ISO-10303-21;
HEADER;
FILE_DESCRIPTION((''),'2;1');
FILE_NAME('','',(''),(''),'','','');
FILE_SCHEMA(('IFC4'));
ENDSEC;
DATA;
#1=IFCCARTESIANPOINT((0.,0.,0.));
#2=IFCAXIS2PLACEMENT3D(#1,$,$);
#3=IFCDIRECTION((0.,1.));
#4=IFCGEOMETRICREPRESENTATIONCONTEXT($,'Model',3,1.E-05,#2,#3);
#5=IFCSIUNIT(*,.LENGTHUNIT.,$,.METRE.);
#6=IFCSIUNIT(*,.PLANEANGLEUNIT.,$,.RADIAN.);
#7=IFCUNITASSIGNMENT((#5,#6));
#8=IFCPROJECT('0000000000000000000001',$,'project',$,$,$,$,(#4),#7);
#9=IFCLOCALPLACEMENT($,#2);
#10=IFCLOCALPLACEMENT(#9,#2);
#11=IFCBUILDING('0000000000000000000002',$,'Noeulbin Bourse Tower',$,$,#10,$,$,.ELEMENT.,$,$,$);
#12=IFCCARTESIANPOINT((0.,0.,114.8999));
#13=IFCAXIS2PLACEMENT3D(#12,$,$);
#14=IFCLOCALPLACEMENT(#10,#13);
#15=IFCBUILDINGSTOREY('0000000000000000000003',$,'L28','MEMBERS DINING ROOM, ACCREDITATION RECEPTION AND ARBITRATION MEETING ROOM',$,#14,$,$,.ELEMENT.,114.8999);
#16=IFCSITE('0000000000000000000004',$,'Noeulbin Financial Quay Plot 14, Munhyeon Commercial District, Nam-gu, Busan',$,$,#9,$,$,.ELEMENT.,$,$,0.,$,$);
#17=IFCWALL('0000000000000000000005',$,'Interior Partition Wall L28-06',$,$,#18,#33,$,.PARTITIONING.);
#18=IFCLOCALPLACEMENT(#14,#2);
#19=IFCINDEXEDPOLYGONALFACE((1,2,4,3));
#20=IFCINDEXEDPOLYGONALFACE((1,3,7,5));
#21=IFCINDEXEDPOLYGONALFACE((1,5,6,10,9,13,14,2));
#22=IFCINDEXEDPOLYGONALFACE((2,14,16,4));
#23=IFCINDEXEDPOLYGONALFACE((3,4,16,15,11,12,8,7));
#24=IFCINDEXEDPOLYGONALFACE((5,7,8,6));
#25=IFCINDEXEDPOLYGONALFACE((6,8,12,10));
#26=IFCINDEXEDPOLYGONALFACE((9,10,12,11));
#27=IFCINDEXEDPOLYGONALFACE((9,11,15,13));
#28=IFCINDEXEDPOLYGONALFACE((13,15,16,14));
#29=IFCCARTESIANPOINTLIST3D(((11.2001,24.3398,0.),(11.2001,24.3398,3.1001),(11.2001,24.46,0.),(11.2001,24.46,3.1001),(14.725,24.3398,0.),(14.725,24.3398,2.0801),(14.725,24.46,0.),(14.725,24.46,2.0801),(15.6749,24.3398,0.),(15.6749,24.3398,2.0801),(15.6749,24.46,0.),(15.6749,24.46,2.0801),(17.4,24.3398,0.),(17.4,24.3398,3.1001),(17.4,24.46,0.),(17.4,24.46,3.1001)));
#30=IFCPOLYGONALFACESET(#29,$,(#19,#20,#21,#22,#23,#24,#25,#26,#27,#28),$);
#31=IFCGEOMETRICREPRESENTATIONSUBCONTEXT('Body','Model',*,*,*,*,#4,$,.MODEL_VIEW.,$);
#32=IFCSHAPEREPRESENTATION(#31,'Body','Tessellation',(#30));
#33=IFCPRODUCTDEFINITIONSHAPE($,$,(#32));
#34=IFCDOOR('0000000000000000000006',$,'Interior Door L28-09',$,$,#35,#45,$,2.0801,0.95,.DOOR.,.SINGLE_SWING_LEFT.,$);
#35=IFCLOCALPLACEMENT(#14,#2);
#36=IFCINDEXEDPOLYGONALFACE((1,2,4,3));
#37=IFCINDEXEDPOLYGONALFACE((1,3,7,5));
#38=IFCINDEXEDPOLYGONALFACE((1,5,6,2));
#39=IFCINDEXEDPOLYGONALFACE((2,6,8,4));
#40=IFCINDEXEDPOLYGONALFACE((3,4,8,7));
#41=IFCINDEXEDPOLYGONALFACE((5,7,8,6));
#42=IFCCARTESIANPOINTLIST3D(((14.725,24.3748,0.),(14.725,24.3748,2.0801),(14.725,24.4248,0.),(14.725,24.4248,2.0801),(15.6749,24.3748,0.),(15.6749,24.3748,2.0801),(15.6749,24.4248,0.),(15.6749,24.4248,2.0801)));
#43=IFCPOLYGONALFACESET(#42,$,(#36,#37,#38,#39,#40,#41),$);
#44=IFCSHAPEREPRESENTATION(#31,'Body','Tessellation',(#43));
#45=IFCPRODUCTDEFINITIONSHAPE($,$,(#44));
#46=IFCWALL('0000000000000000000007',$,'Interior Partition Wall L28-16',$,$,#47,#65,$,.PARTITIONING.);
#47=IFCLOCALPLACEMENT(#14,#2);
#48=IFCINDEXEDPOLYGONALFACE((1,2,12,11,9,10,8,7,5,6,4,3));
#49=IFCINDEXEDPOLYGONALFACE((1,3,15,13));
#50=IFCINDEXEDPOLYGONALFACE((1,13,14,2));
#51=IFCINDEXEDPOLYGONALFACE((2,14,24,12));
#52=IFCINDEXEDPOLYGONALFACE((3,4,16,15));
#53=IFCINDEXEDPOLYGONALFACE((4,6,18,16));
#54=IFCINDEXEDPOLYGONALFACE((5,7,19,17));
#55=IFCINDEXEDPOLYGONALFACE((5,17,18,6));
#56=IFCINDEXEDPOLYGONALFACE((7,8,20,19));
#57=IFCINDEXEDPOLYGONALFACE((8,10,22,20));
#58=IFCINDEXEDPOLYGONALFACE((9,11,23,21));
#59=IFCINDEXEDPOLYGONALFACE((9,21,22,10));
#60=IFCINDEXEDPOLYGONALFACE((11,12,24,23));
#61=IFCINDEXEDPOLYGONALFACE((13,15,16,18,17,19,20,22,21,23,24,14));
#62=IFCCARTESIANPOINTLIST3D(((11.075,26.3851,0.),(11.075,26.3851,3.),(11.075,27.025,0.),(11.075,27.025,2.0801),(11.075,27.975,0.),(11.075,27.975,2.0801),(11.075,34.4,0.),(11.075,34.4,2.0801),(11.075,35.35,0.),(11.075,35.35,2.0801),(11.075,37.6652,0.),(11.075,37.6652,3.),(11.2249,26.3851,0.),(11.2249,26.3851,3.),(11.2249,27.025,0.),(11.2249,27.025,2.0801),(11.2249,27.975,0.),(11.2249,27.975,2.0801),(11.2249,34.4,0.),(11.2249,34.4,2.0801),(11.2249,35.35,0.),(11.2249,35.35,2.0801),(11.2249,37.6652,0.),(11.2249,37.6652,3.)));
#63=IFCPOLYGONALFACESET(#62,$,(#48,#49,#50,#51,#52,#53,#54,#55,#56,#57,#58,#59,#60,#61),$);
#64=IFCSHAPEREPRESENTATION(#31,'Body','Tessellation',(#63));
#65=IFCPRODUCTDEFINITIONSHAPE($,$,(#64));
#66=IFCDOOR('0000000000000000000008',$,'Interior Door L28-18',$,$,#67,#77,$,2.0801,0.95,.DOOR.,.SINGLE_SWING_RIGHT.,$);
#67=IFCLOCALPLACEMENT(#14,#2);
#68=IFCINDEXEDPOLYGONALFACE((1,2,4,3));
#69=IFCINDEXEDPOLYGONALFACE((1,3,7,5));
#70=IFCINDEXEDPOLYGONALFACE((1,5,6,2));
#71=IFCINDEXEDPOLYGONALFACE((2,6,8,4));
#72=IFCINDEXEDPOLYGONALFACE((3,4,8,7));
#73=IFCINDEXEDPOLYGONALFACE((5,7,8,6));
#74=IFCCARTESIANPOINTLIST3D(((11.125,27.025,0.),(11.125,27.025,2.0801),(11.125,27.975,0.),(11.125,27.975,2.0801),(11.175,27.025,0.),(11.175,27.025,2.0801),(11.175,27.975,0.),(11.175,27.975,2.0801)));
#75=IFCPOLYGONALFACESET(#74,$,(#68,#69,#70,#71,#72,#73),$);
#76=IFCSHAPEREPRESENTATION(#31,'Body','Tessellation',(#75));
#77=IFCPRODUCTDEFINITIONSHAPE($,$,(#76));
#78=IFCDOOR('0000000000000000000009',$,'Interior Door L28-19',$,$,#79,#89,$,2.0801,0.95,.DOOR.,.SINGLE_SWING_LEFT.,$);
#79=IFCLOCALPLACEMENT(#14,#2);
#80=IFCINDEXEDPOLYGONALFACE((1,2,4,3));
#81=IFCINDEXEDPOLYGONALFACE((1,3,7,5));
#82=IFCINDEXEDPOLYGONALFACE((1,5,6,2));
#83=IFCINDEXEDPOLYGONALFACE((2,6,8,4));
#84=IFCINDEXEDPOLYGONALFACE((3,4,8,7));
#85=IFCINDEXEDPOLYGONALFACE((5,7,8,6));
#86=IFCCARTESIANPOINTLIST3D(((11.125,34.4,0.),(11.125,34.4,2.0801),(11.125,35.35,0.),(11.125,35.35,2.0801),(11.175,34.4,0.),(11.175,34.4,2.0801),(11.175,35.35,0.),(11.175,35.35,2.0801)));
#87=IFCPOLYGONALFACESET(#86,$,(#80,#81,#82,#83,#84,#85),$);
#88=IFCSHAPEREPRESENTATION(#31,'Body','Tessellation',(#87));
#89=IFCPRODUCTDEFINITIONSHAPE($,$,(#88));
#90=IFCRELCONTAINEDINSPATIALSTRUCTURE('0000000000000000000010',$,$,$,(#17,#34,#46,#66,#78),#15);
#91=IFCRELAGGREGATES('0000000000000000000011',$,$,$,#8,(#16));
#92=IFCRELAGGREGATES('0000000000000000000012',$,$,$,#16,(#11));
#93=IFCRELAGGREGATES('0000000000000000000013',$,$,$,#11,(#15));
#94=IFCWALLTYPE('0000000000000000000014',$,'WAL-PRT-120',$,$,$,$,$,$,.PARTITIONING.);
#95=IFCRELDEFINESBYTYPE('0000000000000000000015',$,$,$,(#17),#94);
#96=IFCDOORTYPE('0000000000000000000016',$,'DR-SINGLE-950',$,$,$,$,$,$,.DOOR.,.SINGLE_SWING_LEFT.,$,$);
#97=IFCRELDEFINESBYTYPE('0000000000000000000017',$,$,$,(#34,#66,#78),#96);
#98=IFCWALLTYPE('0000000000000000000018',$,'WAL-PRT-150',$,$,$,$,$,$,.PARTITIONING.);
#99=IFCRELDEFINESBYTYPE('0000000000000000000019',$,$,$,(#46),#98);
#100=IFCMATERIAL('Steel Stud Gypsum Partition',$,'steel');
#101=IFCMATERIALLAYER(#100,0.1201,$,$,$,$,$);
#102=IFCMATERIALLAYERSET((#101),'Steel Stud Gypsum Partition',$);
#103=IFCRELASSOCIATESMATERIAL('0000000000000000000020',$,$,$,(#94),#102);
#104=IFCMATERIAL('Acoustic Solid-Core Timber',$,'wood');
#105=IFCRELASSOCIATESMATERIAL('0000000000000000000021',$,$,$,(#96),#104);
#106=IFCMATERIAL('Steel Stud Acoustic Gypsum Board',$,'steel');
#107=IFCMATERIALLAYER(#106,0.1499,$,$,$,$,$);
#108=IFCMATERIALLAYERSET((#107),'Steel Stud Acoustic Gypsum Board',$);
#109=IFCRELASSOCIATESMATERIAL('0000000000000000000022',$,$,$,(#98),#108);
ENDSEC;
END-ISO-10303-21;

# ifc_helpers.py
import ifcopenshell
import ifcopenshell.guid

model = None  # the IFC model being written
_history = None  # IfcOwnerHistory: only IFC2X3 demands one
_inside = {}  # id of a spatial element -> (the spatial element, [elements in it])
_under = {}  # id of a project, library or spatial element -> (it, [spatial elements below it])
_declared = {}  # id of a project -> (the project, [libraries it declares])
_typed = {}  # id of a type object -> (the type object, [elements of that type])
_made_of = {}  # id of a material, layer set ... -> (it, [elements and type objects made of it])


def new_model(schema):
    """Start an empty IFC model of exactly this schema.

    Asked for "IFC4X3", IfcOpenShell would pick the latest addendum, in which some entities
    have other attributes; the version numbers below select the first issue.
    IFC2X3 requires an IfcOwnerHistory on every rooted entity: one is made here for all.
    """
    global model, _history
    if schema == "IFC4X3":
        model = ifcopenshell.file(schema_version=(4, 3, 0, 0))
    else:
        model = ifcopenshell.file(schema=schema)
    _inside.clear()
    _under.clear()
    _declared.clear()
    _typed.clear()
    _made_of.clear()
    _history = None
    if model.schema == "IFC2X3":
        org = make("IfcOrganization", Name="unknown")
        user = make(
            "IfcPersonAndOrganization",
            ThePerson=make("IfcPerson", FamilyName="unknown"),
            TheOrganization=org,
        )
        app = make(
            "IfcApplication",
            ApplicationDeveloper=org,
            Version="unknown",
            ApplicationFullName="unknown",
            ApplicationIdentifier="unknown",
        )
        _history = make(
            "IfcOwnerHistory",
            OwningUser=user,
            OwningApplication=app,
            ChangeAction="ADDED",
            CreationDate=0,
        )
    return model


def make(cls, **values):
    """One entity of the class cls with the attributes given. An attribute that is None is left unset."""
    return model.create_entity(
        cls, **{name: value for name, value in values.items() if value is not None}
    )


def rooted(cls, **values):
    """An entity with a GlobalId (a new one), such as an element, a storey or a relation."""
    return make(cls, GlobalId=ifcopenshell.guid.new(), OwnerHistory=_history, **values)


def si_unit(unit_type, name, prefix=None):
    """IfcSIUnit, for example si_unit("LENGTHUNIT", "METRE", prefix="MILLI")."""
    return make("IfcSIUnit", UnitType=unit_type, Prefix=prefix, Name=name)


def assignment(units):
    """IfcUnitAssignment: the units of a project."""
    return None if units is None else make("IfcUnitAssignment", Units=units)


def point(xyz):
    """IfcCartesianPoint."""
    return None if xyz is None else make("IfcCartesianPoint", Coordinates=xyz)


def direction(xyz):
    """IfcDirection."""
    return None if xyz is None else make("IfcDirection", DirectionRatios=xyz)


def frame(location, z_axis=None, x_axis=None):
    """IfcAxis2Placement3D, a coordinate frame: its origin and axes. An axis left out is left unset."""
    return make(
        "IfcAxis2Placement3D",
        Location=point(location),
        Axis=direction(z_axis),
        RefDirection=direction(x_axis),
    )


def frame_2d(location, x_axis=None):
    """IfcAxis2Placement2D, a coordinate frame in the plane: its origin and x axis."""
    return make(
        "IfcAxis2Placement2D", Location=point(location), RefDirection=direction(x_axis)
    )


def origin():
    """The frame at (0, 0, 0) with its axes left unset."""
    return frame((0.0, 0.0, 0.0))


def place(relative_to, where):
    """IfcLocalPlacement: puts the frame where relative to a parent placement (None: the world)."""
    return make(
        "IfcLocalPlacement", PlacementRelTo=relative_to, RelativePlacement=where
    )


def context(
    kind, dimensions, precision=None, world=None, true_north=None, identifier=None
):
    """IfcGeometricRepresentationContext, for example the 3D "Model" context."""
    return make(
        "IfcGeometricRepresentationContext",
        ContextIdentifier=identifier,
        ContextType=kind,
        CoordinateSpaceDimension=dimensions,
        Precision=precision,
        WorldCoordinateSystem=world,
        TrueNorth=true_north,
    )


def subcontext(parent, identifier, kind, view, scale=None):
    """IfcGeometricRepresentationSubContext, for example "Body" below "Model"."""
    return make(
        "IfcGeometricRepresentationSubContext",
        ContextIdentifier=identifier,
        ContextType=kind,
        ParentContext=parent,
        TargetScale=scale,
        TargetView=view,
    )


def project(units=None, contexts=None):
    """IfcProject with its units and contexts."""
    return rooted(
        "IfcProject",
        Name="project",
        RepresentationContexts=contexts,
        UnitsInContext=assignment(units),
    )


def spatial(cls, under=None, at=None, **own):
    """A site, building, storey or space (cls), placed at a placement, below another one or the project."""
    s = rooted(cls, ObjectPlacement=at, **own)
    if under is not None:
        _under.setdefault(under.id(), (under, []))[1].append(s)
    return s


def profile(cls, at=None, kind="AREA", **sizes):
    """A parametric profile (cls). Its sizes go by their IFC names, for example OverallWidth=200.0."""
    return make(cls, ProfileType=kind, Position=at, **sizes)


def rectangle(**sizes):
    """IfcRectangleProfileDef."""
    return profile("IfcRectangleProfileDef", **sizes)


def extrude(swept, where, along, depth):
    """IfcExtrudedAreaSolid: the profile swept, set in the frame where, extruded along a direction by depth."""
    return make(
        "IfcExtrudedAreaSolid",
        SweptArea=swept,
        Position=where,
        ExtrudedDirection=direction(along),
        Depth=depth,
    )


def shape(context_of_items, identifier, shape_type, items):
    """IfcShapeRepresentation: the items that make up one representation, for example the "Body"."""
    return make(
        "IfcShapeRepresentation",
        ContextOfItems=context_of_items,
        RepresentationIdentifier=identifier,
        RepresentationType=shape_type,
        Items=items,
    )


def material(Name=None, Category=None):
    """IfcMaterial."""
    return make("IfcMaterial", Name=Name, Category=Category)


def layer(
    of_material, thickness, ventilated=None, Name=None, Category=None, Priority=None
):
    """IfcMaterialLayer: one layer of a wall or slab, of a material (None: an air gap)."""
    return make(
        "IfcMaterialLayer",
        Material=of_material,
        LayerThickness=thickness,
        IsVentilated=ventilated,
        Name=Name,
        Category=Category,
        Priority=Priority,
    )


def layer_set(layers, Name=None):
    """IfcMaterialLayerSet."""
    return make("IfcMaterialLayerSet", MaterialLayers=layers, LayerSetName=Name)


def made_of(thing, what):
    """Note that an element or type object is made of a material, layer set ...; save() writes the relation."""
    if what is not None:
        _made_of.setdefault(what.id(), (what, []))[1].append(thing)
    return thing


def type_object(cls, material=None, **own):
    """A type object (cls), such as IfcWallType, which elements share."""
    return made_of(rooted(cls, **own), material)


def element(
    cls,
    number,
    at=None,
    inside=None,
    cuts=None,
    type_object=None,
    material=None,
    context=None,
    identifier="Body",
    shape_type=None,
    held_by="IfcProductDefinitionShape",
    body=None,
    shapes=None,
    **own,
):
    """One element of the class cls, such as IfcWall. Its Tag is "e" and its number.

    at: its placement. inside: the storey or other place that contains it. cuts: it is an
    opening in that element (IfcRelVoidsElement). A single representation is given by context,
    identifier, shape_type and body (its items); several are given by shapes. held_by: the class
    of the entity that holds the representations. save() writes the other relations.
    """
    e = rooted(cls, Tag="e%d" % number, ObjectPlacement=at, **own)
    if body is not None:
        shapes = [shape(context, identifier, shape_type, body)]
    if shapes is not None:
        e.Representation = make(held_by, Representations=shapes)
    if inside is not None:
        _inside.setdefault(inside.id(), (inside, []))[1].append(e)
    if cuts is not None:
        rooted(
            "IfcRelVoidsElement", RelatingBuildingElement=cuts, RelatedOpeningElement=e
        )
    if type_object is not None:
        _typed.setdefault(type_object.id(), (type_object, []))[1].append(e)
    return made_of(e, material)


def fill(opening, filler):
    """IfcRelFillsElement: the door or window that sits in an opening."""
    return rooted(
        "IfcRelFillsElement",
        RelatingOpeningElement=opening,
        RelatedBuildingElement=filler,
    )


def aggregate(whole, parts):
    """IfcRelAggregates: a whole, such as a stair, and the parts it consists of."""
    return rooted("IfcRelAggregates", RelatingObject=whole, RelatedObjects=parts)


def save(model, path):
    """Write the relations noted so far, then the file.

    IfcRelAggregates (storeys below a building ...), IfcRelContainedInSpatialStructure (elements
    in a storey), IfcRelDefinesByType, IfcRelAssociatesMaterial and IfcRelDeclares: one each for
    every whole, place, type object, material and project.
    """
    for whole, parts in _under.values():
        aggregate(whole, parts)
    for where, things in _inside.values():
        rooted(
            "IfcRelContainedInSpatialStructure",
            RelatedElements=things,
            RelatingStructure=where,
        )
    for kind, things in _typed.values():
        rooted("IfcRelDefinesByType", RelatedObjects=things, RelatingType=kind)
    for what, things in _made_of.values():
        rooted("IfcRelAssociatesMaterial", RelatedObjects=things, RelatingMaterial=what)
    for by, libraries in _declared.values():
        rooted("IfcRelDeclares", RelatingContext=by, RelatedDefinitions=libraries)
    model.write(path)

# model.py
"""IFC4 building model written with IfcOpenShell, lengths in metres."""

from ifc_helpers import new_model, si_unit, direction, frame, frame_2d, origin, place, context, subcontext, project, spatial, rectangle, extrude, material, layer, layer_set, type_object, element, fill, save


model = new_model("IFC4")

# Units and contexts
model_context = context("Model", 3, precision=1e-05, world=origin(), true_north=direction((0.0, 1.0)))
body_context = subcontext(model_context, "Body", "Model", "MODEL_VIEW")
ifc_project = project(units=[si_unit("LENGTHUNIT", "METRE"), si_unit("PLANEANGLEUNIT", "RADIAN")], contexts=[model_context])

# Site, building, storey
site_placement = place(None, origin())
site = spatial("IfcSite", under=ifc_project, at=site_placement, Name="Noeulbin Financial Quay Plot 14, Munhyeon Commercial District, Nam-gu, Busan", CompositionType="ELEMENT", RefElevation=0.0)
building_placement = place(site_placement, origin())
building = spatial("IfcBuilding", under=site, at=building_placement, Name="Noeulbin Bourse Tower", CompositionType="ELEMENT")
storey_placement = place(building_placement, frame((0.0, 0.0, 114.8999)))
storey = spatial("IfcBuildingStorey", under=building, at=storey_placement, Name="L28", Description="MEMBERS DINING ROOM, ACCREDITATION RECEPTION AND ARBITRATION MEETING ROOM", CompositionType="ELEMENT", Elevation=114.8999)

# Wall, opening, door
ifc_material_1 = material(Name="Steel Stud Gypsum Partition", Category="steel")
ifc_layer_1 = layer(ifc_material_1, 0.1201)
ifc_layer_set_1 = layer_set([ifc_layer_1], Name="Steel Stud Gypsum Partition")
wall_type_1 = type_object("IfcWallType", Name="WAL-PRT-120", PredefinedType="PARTITIONING", material=ifc_layer_set_1)
wall_1_placement = place(storey_placement, frame((11.2, 24.3999, 0.0), z_axis=(0.0, 0.0, 1.0), x_axis=(1.0, 0.0, 0.0)))
wall_1 = element("IfcWall", 1, at=wall_1_placement, inside=storey, type_object=wall_type_1, Name="Interior Partition Wall L28-06", PredefinedType="PARTITIONING", context=body_context, shape_type="SweptSolid", body=[
    extrude(rectangle(XDim=6.2, YDim=0.1201, at=frame_2d((3.1001, 0.0))), origin(), (0.0, 0.0, 1.0), 3.1001),
])
opening_1_placement = place(wall_1_placement, frame((3.5249, 0.0, 0.0)))
opening_1 = element("IfcOpeningElement", 2, at=opening_1_placement, cuts=wall_1, PredefinedType="OPENING", context=body_context, shape_type="SweptSolid", body=[
    extrude(rectangle(XDim=0.95, YDim=2.0801, at=frame_2d((0.4751, 1.04))), frame((0.0, 0.0701, 0.0), z_axis=(0.0, -1.0, 0.0), x_axis=(1.0, 0.0, 0.0)), (0.0, 0.0, 1.0), 0.1401),
])
ifc_material_2 = material(Name="Acoustic Solid-Core Timber", Category="wood")
door_type_1 = type_object("IfcDoorType", Name="DR-SINGLE-950", OperationType="SINGLE_SWING_LEFT", PredefinedType="DOOR", material=ifc_material_2)
door_1_placement = place(opening_1_placement, origin())
door_1 = element("IfcDoor", 3, at=door_1_placement, inside=storey, type_object=door_type_1, Name="Interior Door L28-09", OperationType="SINGLE_SWING_LEFT", OverallHeight=2.0801, OverallWidth=0.95, PredefinedType="DOOR", context=body_context, shape_type="SweptSolid", body=[
    extrude(rectangle(XDim=0.95, YDim=2.0801, at=frame_2d((0.4751, 1.04))), frame((0.0, 0.0249, 0.0), z_axis=(0.0, -1.0, 0.0), x_axis=(1.0, 0.0, 0.0)), (0.0, 0.0, 1.0), 0.05),
])
fill(opening_1, door_1)

# Wall, openings, doors
ifc_material_3 = material(Name="Steel Stud Acoustic Gypsum Board", Category="steel")
ifc_layer_2 = layer(ifc_material_3, 0.1499)
ifc_layer_set_2 = layer_set([ifc_layer_2], Name="Steel Stud Acoustic Gypsum Board")
wall_type_2 = type_object("IfcWallType", Name="WAL-PRT-150", PredefinedType="PARTITIONING", material=ifc_layer_set_2)
wall_2_placement = place(storey_placement, frame((11.1499, 26.385, 0.0), z_axis=(0.0, 0.0, 1.0), x_axis=(0.0, 1.0, 0.0)))
wall_2 = element("IfcWall", 4, at=wall_2_placement, inside=storey, type_object=wall_type_2, Name="Interior Partition Wall L28-16", PredefinedType="PARTITIONING", context=body_context, shape_type="SweptSolid", body=[
    extrude(rectangle(XDim=11.28, YDim=0.1499, at=frame_2d((5.6401, 0.0))), origin(), (0.0, 0.0, 1.0), 3.0),
])
opening_2_placement = place(wall_2_placement, frame((0.6399, 0.0, 0.0)))
opening_2 = element("IfcOpeningElement", 5, at=opening_2_placement, cuts=wall_2, PredefinedType="OPENING", context=body_context, shape_type="SweptSolid", body=[
    extrude(rectangle(XDim=0.95, YDim=2.0801, at=frame_2d((0.4751, 1.04))), frame((0.0, 0.085, 0.0), z_axis=(0.0, -1.0, 0.0), x_axis=(1.0, 0.0, 0.0)), (0.0, 0.0, 1.0), 0.1699),
])
opening_3_placement = place(wall_2_placement, frame((8.0149, 0.0, 0.0)))
opening_3 = element("IfcOpeningElement", 6, at=opening_3_placement, cuts=wall_2, PredefinedType="OPENING", context=body_context, shape_type="SweptSolid", body=[
    extrude(rectangle(XDim=0.95, YDim=2.0801, at=frame_2d((0.4751, 1.04))), frame((0.0, 0.085, 0.0), z_axis=(0.0, -1.0, 0.0), x_axis=(1.0, 0.0, 0.0)), (0.0, 0.0, 1.0), 0.1699),
])
door_2_placement = place(opening_2_placement, origin())
door_2 = element("IfcDoor", 7, at=door_2_placement, inside=storey, type_object=door_type_1, Name="Interior Door L28-18", OperationType="SINGLE_SWING_RIGHT", OverallHeight=2.0801, OverallWidth=0.95, PredefinedType="DOOR", context=body_context, shape_type="SweptSolid", body=[
    extrude(rectangle(XDim=0.95, YDim=2.0801, at=frame_2d((0.4751, 1.04))), frame((0.0, 0.0249, 0.0), z_axis=(0.0, -1.0, 0.0), x_axis=(1.0, 0.0, 0.0)), (0.0, 0.0, 1.0), 0.05),
])
fill(opening_2, door_2)
door_3_placement = place(opening_3_placement, origin())
door_3 = element("IfcDoor", 8, at=door_3_placement, inside=storey, type_object=door_type_1, Name="Interior Door L28-19", OperationType="SINGLE_SWING_LEFT", OverallHeight=2.0801, OverallWidth=0.95, PredefinedType="DOOR", context=body_context, shape_type="SweptSolid", body=[
    extrude(rectangle(XDim=0.95, YDim=2.0801, at=frame_2d((0.4751, 1.04))), frame((0.0, 0.0249, 0.0), z_axis=(0.0, -1.0, 0.0), x_axis=(1.0, 0.0, 0.0)), (0.0, 0.0, 1.0), 0.05),
])
fill(opening_3, door_3)

save(model, "model.ifc")
